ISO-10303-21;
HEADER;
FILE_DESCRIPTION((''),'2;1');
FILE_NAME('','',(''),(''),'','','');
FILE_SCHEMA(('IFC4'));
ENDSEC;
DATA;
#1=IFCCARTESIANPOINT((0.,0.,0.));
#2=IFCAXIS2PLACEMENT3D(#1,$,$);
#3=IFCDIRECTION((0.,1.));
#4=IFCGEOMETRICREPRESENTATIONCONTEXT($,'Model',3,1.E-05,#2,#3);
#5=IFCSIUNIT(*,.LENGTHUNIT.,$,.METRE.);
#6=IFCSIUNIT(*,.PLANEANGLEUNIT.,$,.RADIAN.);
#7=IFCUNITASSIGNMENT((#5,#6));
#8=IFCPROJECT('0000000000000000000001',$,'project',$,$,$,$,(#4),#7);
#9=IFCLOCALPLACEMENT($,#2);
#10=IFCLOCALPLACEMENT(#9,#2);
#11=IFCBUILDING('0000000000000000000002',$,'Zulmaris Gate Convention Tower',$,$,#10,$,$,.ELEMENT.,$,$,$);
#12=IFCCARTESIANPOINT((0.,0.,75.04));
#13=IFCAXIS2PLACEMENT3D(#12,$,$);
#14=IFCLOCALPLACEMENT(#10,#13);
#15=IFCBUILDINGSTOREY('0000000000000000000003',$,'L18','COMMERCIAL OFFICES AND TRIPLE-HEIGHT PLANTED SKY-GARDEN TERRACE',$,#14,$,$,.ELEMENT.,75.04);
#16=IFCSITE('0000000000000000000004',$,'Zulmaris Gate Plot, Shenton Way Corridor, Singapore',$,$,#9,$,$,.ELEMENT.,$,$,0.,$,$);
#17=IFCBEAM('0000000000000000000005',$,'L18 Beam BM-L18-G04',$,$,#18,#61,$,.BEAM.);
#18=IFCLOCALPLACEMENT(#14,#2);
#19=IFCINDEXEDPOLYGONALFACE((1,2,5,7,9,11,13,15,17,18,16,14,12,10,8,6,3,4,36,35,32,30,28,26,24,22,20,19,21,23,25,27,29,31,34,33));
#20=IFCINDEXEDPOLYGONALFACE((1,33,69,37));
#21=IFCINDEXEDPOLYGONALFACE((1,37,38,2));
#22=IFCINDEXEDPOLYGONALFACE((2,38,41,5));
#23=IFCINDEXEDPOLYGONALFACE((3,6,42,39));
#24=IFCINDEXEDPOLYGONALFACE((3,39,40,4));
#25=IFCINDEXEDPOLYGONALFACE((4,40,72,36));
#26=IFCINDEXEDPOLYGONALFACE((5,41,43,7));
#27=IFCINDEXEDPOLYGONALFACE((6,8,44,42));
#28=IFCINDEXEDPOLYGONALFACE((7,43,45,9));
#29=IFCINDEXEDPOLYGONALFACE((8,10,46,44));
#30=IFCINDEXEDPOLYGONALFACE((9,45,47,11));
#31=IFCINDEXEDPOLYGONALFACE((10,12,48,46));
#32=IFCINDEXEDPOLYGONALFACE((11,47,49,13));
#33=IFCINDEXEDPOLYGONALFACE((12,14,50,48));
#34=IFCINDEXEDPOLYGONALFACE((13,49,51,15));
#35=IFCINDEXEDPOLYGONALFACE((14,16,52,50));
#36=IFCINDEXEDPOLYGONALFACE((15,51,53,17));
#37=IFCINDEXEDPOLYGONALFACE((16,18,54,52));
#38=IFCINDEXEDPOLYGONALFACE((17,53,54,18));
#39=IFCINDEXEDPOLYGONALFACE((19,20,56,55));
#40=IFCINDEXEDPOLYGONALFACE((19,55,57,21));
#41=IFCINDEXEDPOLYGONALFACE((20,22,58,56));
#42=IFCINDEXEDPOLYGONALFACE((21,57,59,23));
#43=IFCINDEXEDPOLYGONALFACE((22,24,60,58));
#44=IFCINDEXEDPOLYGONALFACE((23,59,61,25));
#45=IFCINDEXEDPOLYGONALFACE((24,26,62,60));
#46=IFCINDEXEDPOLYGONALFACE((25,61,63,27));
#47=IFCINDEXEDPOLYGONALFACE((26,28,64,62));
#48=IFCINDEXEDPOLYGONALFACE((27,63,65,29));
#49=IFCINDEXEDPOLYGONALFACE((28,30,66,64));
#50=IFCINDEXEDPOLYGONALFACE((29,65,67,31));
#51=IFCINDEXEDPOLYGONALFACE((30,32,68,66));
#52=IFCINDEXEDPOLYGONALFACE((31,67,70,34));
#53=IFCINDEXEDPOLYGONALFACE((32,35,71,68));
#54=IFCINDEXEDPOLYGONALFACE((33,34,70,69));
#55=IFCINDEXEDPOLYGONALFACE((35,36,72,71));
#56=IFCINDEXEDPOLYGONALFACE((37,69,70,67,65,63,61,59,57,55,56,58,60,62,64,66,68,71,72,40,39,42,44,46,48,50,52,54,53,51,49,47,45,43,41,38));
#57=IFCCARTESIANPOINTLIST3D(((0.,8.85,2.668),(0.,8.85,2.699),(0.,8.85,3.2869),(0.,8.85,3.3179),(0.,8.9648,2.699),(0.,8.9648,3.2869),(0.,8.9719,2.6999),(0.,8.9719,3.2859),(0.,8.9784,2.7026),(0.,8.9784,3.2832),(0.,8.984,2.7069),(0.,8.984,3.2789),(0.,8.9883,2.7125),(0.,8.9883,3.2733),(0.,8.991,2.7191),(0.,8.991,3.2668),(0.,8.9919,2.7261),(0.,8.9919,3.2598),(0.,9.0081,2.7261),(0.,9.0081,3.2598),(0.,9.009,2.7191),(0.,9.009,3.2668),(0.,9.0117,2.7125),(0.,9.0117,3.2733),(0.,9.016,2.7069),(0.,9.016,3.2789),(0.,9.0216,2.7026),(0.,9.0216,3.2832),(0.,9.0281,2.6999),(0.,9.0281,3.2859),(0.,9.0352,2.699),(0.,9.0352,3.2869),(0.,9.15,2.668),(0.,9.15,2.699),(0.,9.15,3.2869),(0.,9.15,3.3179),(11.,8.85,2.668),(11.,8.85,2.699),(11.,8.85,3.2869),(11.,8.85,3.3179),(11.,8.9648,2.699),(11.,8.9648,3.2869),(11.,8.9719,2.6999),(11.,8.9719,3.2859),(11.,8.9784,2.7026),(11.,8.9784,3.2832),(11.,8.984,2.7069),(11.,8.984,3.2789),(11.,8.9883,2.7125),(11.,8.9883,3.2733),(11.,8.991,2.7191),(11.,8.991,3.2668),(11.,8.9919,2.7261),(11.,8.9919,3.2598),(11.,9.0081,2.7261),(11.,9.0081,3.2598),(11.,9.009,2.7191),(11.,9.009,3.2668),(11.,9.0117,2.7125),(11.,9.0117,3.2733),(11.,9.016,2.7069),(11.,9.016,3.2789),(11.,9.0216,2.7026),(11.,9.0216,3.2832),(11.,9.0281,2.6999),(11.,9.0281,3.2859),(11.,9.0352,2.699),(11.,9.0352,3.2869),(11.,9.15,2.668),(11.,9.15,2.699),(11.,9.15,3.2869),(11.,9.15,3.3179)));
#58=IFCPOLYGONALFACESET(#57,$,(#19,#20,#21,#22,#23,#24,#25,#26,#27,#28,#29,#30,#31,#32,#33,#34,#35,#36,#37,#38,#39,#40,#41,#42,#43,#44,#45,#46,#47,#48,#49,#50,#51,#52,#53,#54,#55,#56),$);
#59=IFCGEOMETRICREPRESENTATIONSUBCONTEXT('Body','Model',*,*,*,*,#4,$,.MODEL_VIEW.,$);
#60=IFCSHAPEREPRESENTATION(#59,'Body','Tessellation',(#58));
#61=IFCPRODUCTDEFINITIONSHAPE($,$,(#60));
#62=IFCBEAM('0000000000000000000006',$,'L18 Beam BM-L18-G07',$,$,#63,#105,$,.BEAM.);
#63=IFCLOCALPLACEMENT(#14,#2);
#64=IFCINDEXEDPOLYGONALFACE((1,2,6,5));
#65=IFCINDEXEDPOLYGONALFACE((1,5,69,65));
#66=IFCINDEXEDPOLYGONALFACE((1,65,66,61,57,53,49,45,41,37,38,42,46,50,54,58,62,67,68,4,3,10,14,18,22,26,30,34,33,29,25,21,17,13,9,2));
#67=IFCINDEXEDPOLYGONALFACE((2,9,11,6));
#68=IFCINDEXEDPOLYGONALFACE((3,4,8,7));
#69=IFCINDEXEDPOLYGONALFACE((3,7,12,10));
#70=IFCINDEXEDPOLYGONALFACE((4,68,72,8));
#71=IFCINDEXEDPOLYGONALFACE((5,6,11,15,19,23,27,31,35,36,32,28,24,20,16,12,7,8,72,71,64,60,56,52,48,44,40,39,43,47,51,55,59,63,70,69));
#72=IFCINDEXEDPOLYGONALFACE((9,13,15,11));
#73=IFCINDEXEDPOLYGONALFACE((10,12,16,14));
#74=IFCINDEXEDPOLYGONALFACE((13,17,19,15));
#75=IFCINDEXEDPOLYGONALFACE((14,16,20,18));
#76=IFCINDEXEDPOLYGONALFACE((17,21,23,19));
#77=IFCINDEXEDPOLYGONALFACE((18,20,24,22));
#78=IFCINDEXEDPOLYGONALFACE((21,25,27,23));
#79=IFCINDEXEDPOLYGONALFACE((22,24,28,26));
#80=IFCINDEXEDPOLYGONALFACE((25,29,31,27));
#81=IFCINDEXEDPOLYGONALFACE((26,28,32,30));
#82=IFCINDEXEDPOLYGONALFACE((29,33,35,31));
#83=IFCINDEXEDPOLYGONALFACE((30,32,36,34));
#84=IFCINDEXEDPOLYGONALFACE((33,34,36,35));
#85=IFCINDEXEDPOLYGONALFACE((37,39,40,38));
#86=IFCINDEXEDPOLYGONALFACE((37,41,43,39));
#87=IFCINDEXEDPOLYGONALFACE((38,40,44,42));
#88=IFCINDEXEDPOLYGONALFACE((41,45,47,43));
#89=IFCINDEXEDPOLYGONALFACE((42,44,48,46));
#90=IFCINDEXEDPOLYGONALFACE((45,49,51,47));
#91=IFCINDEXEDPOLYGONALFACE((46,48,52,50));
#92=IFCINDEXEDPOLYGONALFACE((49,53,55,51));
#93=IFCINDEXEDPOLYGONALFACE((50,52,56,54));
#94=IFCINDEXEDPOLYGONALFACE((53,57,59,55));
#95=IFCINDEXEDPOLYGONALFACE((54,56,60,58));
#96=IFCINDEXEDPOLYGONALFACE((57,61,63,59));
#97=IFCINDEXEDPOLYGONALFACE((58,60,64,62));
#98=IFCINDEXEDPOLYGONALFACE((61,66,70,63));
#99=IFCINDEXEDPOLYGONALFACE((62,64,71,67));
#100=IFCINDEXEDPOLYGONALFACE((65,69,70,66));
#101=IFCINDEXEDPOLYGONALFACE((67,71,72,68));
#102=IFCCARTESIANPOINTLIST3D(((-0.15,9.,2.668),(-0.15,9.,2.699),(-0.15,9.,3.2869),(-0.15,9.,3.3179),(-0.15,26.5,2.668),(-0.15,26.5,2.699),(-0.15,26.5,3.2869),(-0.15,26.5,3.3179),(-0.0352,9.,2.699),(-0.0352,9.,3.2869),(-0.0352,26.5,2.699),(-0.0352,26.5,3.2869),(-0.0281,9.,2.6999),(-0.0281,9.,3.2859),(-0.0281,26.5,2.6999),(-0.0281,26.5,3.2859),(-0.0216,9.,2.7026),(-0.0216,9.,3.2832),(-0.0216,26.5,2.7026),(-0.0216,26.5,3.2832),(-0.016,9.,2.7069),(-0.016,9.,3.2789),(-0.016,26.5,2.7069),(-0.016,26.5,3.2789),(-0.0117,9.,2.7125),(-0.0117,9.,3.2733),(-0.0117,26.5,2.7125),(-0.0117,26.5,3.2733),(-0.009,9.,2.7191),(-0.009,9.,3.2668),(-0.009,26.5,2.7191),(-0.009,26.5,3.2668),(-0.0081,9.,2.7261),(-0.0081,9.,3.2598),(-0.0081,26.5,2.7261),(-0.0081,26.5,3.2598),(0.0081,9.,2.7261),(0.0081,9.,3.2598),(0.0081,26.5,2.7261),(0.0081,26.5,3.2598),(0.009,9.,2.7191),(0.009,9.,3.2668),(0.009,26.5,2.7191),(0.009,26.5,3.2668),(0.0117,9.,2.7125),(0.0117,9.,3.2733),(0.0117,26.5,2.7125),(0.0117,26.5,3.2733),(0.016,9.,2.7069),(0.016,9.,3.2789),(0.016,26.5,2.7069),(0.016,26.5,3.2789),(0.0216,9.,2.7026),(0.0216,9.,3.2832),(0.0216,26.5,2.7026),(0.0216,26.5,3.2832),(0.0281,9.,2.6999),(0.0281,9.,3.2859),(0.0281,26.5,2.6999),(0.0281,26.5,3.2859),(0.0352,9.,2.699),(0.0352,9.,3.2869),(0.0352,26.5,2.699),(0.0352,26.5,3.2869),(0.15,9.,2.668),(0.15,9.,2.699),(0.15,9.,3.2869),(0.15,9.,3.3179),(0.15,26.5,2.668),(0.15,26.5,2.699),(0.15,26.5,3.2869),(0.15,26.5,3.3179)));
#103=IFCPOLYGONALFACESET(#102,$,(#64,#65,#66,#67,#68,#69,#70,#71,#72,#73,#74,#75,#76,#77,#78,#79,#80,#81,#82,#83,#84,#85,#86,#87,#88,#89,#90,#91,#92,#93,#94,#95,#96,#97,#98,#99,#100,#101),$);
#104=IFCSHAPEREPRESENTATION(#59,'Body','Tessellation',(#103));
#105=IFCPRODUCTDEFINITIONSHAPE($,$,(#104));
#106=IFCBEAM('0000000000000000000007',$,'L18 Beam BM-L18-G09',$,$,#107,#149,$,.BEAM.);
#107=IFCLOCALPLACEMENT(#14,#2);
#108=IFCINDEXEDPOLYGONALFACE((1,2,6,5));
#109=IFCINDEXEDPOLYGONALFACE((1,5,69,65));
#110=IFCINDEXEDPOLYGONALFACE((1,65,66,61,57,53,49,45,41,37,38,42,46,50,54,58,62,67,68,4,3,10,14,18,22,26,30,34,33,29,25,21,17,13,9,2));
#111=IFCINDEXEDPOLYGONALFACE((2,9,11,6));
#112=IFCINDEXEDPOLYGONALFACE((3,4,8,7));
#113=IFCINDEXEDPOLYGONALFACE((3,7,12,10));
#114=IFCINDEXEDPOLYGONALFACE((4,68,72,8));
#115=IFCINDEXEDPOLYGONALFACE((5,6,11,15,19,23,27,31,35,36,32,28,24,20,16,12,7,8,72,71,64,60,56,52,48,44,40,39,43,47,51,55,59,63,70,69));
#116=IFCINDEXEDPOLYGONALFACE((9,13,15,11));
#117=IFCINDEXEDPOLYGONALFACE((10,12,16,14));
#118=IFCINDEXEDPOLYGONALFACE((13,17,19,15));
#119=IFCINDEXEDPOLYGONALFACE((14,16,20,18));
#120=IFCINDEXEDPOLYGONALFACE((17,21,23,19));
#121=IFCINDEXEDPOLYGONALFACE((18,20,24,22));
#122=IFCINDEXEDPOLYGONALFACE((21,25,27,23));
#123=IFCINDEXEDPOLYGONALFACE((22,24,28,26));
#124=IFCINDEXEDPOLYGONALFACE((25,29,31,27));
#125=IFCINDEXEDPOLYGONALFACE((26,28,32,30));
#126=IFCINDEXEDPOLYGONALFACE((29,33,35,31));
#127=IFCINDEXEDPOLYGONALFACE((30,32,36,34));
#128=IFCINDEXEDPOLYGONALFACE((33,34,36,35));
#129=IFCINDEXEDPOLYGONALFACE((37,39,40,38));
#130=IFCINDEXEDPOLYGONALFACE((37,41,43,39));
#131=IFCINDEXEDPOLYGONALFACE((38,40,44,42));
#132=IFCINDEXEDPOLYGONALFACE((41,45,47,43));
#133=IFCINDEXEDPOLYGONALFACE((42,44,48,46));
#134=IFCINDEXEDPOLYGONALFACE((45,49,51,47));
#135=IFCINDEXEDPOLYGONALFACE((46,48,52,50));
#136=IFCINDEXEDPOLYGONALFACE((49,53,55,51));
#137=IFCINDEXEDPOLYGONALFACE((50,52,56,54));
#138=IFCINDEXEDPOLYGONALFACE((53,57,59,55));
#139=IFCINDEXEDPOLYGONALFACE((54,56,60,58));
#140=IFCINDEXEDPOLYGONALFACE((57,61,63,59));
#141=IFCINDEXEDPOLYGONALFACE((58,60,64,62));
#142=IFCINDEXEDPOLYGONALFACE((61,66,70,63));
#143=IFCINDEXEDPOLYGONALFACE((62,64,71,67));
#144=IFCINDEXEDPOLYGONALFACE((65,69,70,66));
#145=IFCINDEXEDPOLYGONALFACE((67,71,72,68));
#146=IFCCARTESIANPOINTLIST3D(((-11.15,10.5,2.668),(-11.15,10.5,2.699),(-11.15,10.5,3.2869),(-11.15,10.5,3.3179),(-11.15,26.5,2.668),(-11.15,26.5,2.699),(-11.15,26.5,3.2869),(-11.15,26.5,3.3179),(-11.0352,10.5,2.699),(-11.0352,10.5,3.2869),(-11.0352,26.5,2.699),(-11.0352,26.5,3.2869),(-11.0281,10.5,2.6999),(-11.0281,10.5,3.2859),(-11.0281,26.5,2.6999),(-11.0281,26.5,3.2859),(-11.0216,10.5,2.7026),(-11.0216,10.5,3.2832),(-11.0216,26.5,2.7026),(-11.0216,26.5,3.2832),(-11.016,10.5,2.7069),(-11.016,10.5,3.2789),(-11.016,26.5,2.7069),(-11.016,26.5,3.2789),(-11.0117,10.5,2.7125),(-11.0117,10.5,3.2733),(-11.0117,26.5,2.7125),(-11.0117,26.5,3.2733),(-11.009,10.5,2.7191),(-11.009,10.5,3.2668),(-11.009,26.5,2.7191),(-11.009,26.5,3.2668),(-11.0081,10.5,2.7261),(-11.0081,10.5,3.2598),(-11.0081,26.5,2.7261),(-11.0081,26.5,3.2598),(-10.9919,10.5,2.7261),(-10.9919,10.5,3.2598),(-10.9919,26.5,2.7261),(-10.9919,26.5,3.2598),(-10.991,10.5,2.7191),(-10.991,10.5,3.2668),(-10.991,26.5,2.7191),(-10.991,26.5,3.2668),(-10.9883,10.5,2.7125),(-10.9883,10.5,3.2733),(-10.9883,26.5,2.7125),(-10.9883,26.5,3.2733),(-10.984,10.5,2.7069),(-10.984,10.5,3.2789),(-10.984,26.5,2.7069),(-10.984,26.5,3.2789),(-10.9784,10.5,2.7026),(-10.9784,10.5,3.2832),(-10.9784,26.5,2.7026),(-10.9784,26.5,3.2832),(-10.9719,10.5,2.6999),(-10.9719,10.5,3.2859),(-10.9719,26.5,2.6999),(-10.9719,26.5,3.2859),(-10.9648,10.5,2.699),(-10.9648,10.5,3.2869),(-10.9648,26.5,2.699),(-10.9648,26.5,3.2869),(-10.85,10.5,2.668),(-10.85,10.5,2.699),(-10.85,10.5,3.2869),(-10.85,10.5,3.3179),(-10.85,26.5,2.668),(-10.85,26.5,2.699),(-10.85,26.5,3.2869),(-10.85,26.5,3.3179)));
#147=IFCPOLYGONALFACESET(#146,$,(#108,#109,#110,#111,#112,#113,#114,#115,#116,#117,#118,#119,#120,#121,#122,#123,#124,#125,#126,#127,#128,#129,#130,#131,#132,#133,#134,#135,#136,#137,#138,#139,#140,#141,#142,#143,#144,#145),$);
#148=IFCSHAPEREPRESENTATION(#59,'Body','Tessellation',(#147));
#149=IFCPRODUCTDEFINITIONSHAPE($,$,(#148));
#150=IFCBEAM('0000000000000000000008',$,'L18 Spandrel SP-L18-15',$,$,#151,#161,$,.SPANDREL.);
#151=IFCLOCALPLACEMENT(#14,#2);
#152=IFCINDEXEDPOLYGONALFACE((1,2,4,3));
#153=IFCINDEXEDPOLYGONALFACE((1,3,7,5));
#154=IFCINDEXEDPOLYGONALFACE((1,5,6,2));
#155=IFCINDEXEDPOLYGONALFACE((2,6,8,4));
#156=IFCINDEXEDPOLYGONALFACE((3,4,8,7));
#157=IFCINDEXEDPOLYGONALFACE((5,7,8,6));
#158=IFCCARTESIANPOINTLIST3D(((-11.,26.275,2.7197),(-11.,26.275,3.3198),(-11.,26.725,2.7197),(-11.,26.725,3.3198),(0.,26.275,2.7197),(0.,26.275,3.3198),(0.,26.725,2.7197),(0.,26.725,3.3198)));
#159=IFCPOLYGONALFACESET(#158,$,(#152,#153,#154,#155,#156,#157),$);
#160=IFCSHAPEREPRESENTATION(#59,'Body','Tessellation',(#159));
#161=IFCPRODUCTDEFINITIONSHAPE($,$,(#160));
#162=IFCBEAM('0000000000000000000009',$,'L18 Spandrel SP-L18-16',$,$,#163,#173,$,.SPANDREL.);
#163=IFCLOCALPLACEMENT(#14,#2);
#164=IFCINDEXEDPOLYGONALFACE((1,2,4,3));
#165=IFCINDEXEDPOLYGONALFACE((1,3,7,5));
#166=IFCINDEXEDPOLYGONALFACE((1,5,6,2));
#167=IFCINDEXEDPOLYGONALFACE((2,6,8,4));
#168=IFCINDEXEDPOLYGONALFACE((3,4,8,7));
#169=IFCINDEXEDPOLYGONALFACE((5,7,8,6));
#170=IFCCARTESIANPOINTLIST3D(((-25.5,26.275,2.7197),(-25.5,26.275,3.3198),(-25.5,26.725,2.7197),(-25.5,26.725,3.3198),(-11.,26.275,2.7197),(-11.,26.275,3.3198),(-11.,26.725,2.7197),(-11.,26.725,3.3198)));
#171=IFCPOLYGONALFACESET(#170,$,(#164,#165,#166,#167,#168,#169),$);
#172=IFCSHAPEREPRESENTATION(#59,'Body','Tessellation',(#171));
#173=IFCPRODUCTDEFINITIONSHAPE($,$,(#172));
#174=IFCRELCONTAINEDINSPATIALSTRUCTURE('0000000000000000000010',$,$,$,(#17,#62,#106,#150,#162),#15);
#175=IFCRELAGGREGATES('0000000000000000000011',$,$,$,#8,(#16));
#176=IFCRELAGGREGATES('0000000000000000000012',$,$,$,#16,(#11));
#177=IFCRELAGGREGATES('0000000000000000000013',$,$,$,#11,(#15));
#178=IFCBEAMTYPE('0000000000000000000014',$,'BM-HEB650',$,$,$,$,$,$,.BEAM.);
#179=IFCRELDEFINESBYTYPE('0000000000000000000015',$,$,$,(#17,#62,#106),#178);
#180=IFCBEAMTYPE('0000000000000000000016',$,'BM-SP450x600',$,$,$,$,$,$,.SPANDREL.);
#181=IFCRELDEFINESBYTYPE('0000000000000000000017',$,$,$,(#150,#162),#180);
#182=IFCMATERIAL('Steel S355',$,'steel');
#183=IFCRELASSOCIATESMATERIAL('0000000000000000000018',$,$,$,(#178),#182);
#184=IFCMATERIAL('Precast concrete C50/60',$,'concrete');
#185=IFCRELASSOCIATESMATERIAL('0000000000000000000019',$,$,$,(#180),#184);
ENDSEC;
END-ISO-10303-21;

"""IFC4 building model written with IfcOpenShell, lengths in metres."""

from ifc_helpers import new_model, si_unit, direction, frame, origin, origin_2d, place, context, subcontext, project, spatial, rectangle, i_section, extrude, material, material_profile, profile_set, type_object, element, save


model = new_model("IFC4")

# Units and contexts
model_context = context("Model", 3, precision=1e-05, world=origin(), true_north=direction((0.0, 1.0)))
body_context = subcontext(model_context, "Body", "Model", "MODEL_VIEW")
ifc_project = project(units=[si_unit("LENGTHUNIT", "METRE"), si_unit("PLANEANGLEUNIT", "RADIAN")], contexts=[model_context])

# Site, building, storey
site_placement = place(None, origin())
site = spatial("IfcSite", under=ifc_project, at=site_placement, Name="Zulmaris Gate Plot, Shenton Way Corridor, Singapore", CompositionType="ELEMENT", RefElevation=0.0)
building_placement = place(site_placement, origin())
building = spatial("IfcBuilding", under=site, at=building_placement, Name="Zulmaris Gate Convention Tower", CompositionType="ELEMENT")
storey_placement = place(building_placement, frame((0.0, 0.0, 75.04)))
storey = spatial("IfcBuildingStorey", under=building, at=storey_placement, Name="L18", Description="COMMERCIAL OFFICES AND TRIPLE-HEIGHT PLANTED SKY-GARDEN TERRACE", CompositionType="ELEMENT", Elevation=75.04)

# Beams
ifc_material_1 = material(Name="Steel S355", Category="steel")
ifc_material_profile_1 = material_profile(ifc_material_1, i_section(OverallWidth=0.3, OverallDepth=0.6499, WebThickness=0.0161, FlangeThickness=0.031, FilletRadius=0.0271, at=origin_2d()), Name="HEB 650")
ifc_profile_set_1 = profile_set([ifc_material_profile_1], Name="Steel S355")
beam_type_1 = type_object("IfcBeamType", Name="BM-HEB650", PredefinedType="BEAM", material=ifc_profile_set_1)
for number, where, z_axis, x_axis, name in (
    (1, (0.0, 9.0, 2.9929), (1.0, 0.0, 0.0), (0.0, 1.0, 0.0), "L18 Beam BM-L18-G04"),
):
    element("IfcBeam", number, at=place(storey_placement, frame(where, z_axis=z_axis, x_axis=x_axis)), inside=storey, type_object=beam_type_1, Name=name, PredefinedType="BEAM", context=body_context, shape_type="SweptSolid", body=[
        extrude(i_section(OverallWidth=0.3, OverallDepth=0.6499, WebThickness=0.0161, FlangeThickness=0.031, FilletRadius=0.0271, at=origin_2d()), origin(), (0.0, 0.0, 1.0), 11.0),
    ])
beam_1_placement = place(storey_placement, frame((0.0, 9.0, 2.9929), z_axis=(0.0, 1.0, 0.0), x_axis=(-1.0, 0.0, 0.0)))
element("IfcBeam", 2, at=beam_1_placement, inside=storey, type_object=beam_type_1, Name="L18 Beam BM-L18-G07", PredefinedType="BEAM", context=body_context, shape_type="SweptSolid", body=[
    extrude(i_section(OverallWidth=0.3, OverallDepth=0.6499, WebThickness=0.0161, FlangeThickness=0.031, FilletRadius=0.0271, at=origin_2d()), origin(), (0.0, 0.0, 1.0), 17.5),
])
beam_2_placement = place(storey_placement, frame((-11.0, 10.5, 2.9929), z_axis=(0.0, 1.0, 0.0), x_axis=(-1.0, 0.0, 0.0)))
element("IfcBeam", 3, at=beam_2_placement, inside=storey, type_object=beam_type_1, Name="L18 Beam BM-L18-G09", PredefinedType="BEAM", context=body_context, shape_type="SweptSolid", body=[
    extrude(i_section(OverallWidth=0.3, OverallDepth=0.6499, WebThickness=0.0161, FlangeThickness=0.031, FilletRadius=0.0271, at=origin_2d()), origin(), (0.0, 0.0, 1.0), 16.0),
])
ifc_material_2 = material(Name="Precast concrete C50/60", Category="concrete")
ifc_material_profile_2 = material_profile(ifc_material_2, rectangle(XDim=0.45, YDim=0.6001, at=origin_2d()), Name="RC SPANDREL 450x600")
ifc_profile_set_2 = profile_set([ifc_material_profile_2], Name="Precast concrete C50/60")
beam_type_2 = type_object("IfcBeamType", Name="BM-SP450x600", PredefinedType="SPANDREL", material=ifc_profile_set_2)
beam_3_placement = place(storey_placement, frame((0.0, 26.5, 3.0198), z_axis=(-1.0, 0.0, 0.0), x_axis=(0.0, -1.0, 0.0)))
element("IfcBeam", 4, at=beam_3_placement, inside=storey, type_object=beam_type_2, Name="L18 Spandrel SP-L18-15", PredefinedType="SPANDREL", context=body_context, shape_type="SweptSolid", body=[
    extrude(rectangle(XDim=0.45, YDim=0.6001, at=origin_2d()), origin(), (0.0, 0.0, 1.0), 11.0),
])
beam_4_placement = place(storey_placement, frame((-11.0, 26.5, 3.0198), z_axis=(-1.0, 0.0, 0.0), x_axis=(0.0, -1.0, 0.0)))
element("IfcBeam", 5, at=beam_4_placement, inside=storey, type_object=beam_type_2, Name="L18 Spandrel SP-L18-16", PredefinedType="SPANDREL", context=body_context, shape_type="SweptSolid", body=[
    extrude(rectangle(XDim=0.45, YDim=0.6001, at=origin_2d()), origin(), (0.0, 0.0, 1.0), 14.5),
])

save(model, "model.ifc")
